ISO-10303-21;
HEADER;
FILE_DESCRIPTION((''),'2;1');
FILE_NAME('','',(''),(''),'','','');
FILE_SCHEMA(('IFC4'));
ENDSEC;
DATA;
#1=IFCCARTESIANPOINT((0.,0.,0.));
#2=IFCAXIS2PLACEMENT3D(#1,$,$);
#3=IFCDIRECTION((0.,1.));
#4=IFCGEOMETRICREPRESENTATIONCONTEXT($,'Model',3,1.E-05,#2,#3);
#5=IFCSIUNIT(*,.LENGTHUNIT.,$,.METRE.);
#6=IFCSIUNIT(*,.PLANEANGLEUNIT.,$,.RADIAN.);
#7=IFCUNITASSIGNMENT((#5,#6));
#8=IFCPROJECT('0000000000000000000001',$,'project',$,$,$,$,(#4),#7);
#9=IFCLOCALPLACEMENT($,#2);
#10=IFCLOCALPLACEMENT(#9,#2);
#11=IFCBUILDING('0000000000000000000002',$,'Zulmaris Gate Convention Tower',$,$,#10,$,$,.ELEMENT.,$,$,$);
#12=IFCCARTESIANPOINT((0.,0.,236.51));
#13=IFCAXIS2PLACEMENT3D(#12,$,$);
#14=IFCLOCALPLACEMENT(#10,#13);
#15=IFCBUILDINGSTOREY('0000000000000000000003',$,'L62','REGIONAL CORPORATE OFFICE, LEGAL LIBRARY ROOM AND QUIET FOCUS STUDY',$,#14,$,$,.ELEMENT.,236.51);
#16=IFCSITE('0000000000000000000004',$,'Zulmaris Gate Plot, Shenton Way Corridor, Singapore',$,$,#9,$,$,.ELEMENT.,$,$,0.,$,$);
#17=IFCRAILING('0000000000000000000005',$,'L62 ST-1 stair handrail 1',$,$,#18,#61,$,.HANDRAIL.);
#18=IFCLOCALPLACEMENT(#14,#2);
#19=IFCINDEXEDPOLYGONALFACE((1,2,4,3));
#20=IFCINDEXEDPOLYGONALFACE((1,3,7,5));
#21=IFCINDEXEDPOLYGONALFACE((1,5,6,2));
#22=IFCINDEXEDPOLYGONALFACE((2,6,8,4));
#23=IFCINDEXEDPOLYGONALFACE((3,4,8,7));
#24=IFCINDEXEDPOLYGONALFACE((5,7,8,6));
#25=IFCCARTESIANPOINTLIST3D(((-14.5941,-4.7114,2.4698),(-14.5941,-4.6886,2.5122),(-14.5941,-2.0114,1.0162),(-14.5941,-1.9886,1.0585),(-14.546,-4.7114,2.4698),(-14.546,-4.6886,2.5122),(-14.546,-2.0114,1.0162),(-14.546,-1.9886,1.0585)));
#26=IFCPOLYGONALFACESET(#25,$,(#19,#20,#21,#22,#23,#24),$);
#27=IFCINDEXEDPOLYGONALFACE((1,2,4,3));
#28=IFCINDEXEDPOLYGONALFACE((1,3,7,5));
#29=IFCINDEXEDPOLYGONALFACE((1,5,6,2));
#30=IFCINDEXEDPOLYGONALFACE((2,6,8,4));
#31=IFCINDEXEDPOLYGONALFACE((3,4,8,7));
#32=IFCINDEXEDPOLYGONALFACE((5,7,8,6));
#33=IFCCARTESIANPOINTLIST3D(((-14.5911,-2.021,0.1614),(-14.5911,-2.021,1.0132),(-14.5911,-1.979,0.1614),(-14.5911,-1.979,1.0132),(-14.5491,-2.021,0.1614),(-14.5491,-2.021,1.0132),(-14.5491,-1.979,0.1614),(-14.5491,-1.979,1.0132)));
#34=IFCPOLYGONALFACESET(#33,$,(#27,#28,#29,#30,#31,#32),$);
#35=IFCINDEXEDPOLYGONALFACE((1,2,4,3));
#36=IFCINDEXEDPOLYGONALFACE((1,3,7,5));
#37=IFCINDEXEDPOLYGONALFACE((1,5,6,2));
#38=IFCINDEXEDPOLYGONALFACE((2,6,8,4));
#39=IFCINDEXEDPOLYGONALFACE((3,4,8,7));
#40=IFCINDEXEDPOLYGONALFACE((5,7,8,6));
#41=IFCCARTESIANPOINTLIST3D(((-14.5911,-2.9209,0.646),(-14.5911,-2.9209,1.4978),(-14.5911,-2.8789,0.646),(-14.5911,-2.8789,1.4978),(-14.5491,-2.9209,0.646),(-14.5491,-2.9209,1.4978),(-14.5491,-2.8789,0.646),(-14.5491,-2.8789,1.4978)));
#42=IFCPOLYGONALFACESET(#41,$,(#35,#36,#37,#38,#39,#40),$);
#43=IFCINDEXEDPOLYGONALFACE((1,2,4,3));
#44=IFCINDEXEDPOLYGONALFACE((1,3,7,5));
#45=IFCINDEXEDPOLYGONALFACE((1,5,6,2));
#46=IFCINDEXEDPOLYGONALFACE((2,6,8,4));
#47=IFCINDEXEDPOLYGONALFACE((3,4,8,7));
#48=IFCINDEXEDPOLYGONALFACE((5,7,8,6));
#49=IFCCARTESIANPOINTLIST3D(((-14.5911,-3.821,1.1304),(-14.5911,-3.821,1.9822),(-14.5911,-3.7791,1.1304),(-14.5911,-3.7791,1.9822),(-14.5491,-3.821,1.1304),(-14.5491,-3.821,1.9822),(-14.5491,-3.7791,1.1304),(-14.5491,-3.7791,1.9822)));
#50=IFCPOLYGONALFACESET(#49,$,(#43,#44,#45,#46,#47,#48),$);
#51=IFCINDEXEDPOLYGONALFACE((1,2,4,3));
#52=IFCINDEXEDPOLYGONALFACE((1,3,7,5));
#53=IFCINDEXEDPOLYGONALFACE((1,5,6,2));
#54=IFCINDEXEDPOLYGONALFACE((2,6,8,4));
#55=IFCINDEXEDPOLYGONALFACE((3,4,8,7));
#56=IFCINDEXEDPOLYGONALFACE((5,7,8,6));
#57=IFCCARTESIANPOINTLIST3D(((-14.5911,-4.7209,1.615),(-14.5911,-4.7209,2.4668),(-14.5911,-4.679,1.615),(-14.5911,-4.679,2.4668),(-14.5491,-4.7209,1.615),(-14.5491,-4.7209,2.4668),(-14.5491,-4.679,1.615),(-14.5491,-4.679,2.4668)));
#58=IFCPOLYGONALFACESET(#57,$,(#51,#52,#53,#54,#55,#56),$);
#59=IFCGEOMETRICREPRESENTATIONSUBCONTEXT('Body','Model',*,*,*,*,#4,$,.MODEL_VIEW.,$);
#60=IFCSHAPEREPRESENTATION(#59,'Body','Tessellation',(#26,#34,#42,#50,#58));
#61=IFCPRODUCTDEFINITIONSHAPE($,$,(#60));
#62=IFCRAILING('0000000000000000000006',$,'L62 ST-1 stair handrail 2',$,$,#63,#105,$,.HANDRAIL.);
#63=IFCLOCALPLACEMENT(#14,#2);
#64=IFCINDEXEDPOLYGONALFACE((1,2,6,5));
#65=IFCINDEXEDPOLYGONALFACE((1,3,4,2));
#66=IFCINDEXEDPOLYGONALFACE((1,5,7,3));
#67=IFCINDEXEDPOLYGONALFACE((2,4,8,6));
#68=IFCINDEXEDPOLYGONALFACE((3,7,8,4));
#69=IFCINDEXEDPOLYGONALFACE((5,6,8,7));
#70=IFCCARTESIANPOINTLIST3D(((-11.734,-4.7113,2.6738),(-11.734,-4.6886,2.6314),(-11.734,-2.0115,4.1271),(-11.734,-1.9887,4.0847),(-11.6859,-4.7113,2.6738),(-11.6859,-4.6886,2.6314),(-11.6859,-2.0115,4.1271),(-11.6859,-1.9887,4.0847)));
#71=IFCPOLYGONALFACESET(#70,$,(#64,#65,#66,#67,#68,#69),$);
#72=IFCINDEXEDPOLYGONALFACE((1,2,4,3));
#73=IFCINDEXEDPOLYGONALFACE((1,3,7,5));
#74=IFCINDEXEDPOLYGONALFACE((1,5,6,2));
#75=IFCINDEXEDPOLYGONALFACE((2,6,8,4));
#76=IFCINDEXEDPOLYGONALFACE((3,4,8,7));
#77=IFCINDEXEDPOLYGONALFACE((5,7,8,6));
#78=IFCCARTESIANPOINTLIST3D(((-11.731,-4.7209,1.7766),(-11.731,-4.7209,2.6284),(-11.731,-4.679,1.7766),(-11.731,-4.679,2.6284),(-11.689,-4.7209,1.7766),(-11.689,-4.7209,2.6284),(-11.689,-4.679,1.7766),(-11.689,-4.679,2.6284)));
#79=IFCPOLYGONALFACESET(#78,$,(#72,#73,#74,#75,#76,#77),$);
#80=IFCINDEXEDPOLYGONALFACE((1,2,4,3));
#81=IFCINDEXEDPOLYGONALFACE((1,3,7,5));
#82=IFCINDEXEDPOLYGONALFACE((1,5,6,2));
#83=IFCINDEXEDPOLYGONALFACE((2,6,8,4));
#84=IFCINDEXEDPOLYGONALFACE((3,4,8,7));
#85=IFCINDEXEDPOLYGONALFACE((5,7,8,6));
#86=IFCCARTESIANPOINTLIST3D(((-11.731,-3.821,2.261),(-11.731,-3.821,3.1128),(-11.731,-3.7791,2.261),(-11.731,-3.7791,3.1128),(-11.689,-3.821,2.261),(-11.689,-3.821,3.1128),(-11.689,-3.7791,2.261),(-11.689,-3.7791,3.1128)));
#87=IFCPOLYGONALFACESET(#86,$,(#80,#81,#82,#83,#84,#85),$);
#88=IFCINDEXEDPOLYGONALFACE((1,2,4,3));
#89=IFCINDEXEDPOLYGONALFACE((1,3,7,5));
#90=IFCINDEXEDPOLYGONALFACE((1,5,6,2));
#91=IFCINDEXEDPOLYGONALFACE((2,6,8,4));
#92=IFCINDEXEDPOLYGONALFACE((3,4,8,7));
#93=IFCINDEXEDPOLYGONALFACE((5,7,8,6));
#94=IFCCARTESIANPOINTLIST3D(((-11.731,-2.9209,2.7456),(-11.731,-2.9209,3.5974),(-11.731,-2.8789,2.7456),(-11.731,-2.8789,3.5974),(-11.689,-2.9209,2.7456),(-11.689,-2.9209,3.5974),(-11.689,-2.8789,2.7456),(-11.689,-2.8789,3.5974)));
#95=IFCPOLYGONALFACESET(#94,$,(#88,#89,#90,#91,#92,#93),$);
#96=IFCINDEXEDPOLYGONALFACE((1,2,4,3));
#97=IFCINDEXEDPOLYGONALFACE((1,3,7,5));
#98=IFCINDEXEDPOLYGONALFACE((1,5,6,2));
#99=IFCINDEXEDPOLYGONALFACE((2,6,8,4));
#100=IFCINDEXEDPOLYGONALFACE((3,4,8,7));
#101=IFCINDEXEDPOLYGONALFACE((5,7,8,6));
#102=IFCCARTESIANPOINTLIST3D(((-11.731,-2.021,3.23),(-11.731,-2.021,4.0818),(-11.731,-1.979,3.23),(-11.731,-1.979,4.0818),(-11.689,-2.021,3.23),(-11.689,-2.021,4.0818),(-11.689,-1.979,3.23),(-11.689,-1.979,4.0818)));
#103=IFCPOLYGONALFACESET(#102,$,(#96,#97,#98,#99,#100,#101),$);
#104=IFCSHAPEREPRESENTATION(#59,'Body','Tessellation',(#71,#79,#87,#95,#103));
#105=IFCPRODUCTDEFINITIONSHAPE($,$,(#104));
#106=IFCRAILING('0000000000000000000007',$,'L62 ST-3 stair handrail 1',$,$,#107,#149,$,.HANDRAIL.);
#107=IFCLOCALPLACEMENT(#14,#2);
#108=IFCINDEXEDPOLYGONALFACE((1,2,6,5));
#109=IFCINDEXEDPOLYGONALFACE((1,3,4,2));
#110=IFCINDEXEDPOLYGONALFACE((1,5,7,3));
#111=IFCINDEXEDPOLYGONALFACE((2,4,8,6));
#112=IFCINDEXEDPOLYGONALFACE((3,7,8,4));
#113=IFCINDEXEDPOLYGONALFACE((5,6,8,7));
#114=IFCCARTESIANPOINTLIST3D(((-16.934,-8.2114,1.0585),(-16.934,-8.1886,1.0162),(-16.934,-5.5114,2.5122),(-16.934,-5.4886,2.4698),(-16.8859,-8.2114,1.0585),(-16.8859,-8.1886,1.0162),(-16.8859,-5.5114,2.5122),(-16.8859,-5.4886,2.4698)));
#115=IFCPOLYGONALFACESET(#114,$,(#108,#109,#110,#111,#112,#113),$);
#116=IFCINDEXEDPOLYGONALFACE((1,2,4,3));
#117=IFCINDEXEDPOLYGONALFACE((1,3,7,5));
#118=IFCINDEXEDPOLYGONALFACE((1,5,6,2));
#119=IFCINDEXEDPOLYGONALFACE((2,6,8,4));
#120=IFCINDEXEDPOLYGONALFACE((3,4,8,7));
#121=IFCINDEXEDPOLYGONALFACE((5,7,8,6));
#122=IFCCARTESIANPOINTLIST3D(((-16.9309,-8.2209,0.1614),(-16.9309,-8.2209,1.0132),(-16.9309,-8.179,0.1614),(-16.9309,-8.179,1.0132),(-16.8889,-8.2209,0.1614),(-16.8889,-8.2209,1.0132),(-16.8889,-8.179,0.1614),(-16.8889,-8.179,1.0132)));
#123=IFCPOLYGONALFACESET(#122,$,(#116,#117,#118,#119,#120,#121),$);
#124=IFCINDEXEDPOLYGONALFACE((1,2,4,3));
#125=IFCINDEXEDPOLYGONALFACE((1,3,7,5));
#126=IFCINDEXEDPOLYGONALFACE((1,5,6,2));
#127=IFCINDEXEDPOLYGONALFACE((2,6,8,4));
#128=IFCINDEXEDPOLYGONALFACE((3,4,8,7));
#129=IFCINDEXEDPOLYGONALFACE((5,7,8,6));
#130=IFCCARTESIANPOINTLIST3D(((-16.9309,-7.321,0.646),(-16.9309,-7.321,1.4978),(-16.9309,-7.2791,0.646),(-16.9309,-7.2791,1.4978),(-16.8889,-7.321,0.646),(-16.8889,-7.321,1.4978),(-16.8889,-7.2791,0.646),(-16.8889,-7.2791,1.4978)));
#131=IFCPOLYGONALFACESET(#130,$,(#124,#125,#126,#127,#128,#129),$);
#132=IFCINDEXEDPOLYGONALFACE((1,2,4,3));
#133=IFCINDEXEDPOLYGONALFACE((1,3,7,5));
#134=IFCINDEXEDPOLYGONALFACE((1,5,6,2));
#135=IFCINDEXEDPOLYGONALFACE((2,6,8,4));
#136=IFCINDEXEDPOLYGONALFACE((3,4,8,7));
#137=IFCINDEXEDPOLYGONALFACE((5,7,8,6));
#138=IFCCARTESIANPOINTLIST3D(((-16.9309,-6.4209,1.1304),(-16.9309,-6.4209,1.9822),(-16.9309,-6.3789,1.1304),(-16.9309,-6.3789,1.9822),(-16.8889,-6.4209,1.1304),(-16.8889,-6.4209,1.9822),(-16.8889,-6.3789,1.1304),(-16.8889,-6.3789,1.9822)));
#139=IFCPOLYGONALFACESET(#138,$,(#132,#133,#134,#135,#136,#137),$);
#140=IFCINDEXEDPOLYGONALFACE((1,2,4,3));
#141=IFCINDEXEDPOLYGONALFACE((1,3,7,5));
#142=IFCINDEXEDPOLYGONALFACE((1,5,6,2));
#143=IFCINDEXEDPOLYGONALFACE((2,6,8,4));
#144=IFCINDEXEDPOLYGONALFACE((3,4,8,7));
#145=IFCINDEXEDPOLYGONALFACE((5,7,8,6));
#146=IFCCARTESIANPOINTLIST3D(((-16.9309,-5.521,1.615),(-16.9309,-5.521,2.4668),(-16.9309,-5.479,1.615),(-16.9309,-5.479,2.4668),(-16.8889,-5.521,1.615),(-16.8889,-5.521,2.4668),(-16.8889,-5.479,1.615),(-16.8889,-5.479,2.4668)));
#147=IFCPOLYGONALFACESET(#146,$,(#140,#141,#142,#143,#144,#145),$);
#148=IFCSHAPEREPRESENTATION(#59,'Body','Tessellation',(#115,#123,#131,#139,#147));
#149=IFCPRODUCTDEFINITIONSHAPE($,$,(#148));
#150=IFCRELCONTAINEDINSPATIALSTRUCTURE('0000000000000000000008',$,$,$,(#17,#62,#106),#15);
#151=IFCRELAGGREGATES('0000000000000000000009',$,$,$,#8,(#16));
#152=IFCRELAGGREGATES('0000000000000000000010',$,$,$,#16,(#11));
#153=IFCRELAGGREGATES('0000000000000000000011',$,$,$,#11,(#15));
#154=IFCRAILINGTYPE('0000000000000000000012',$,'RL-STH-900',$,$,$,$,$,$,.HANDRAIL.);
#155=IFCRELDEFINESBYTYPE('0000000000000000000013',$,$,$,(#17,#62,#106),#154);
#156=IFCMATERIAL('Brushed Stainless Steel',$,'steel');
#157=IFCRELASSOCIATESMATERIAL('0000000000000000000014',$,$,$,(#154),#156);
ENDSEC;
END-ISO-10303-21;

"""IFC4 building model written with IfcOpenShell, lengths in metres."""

from ifc_helpers import new_model, si_unit, direction, frame, origin, origin_2d, place, context, subcontext, project, spatial, rectangle, extrude, material, type_object, element, save


model = new_model("IFC4")

# Units and contexts
model_context = context("Model", 3, precision=1e-05, world=origin(), true_north=direction((0.0, 1.0)))
body_context = subcontext(model_context, "Body", "Model", "MODEL_VIEW")
ifc_project = project(units=[si_unit("LENGTHUNIT", "METRE"), si_unit("PLANEANGLEUNIT", "RADIAN")], contexts=[model_context])

# Site, building, storey
site_placement = place(None, origin())
site = spatial("IfcSite", under=ifc_project, at=site_placement, Name="Zulmaris Gate Plot, Shenton Way Corridor, Singapore", CompositionType="ELEMENT", RefElevation=0.0)
building_placement = place(site_placement, origin())
building = spatial("IfcBuilding", under=site, at=building_placement, Name="Zulmaris Gate Convention Tower", CompositionType="ELEMENT")
storey_placement = place(building_placement, frame((0.0, 0.0, 236.51)))
storey = spatial("IfcBuildingStorey", under=building, at=storey_placement, Name="L62", Description="REGIONAL CORPORATE OFFICE, LEGAL LIBRARY ROOM AND QUIET FOCUS STUDY", CompositionType="ELEMENT", Elevation=236.51)

# Railings
ifc_material_1 = material(Name="Brushed Stainless Steel", Category="steel")
railing_type_1 = type_object("IfcRailingType", Name="RL-STH-900", PredefinedType="HANDRAIL", material=ifc_material_1)
railing_1_placement = place(storey_placement, frame((-14.5701, -2.0, 0.1614)))
element("IfcRailing", 1, at=railing_1_placement, inside=storey, type_object=railing_type_1, Name="L62 ST-1 stair handrail 1", PredefinedType="HANDRAIL", context=body_context, shape_type="SweptSolid", body=[
    extrude(rectangle(XDim=0.0481, YDim=0.0481, at=origin_2d()), frame((0.0, 0.0, 0.876), z_axis=(0.0, -0.880499, 0.474048), x_axis=(1.0, 0.0, 0.0)), (0.0, 0.0, 1.0), 3.0664),
    extrude(rectangle(XDim=0.042, YDim=0.042, at=origin_2d()), origin(), (0.0, 0.0, 1.0), 0.8518),
    extrude(rectangle(XDim=0.042, YDim=0.042, at=origin_2d()), frame((0.0, -0.8999, 0.4846)), (0.0, 0.0, 1.0), 0.8518),
    extrude(rectangle(XDim=0.042, YDim=0.042, at=origin_2d()), frame((0.0, -1.8, 0.969)), (0.0, 0.0, 1.0), 0.8518),
    extrude(rectangle(XDim=0.042, YDim=0.042, at=origin_2d()), frame((0.0, -2.7, 1.4536)), (0.0, 0.0, 1.0), 0.8518),
])
railing_2_placement = place(storey_placement, frame((-11.71, -4.7, 1.7766)))
element("IfcRailing", 2, at=railing_2_placement, inside=storey, type_object=railing_type_1, Name="L62 ST-1 stair handrail 2", PredefinedType="HANDRAIL", context=body_context, shape_type="SweptSolid", body=[
    extrude(rectangle(XDim=0.0481, YDim=0.0481, at=origin_2d()), frame((0.0, 0.0, 0.876), z_axis=(0.0, 0.880532, 0.473986), x_axis=(-1.0, 0.0, 0.0)), (0.0, 0.0, 1.0), 3.0662),
    extrude(rectangle(XDim=0.042, YDim=0.042, at=origin_2d()), origin(), (0.0, 0.0, 1.0), 0.8518),
    extrude(rectangle(XDim=0.042, YDim=0.042, at=origin_2d()), frame((0.0, 0.8999, 0.4844)), (0.0, 0.0, 1.0), 0.8518),
    extrude(rectangle(XDim=0.042, YDim=0.042, at=origin_2d()), frame((0.0, 1.8, 0.969)), (0.0, 0.0, 1.0), 0.8518),
    extrude(rectangle(XDim=0.042, YDim=0.042, at=origin_2d()), frame((0.0, 2.7, 1.4534)), (0.0, 0.0, 1.0), 0.8518),
])
railing_3_placement = place(storey_placement, frame((-16.9099, -8.2, 0.1614)))
element("IfcRailing", 3, at=railing_3_placement, inside=storey, type_object=railing_type_1, Name="L62 ST-3 stair handrail 1", PredefinedType="HANDRAIL", context=body_context, shape_type="SweptSolid", body=[
    extrude(rectangle(XDim=0.0481, YDim=0.0481, at=origin_2d()), frame((0.0, 0.0, 0.876), z_axis=(0.0, 0.880499, 0.474048), x_axis=(-1.0, 0.0, 0.0)), (0.0, 0.0, 1.0), 3.0664),
    extrude(rectangle(XDim=0.042, YDim=0.042, at=origin_2d()), origin(), (0.0, 0.0, 1.0), 0.8518),
    extrude(rectangle(XDim=0.042, YDim=0.042, at=origin_2d()), frame((0.0, 0.8999, 0.4846)), (0.0, 0.0, 1.0), 0.8518),
    extrude(rectangle(XDim=0.042, YDim=0.042, at=origin_2d()), frame((0.0, 1.8, 0.969)), (0.0, 0.0, 1.0), 0.8518),
    extrude(rectangle(XDim=0.042, YDim=0.042, at=origin_2d()), frame((0.0, 2.7, 1.4536)), (0.0, 0.0, 1.0), 0.8518),
])

save(model, "model.ifc")
